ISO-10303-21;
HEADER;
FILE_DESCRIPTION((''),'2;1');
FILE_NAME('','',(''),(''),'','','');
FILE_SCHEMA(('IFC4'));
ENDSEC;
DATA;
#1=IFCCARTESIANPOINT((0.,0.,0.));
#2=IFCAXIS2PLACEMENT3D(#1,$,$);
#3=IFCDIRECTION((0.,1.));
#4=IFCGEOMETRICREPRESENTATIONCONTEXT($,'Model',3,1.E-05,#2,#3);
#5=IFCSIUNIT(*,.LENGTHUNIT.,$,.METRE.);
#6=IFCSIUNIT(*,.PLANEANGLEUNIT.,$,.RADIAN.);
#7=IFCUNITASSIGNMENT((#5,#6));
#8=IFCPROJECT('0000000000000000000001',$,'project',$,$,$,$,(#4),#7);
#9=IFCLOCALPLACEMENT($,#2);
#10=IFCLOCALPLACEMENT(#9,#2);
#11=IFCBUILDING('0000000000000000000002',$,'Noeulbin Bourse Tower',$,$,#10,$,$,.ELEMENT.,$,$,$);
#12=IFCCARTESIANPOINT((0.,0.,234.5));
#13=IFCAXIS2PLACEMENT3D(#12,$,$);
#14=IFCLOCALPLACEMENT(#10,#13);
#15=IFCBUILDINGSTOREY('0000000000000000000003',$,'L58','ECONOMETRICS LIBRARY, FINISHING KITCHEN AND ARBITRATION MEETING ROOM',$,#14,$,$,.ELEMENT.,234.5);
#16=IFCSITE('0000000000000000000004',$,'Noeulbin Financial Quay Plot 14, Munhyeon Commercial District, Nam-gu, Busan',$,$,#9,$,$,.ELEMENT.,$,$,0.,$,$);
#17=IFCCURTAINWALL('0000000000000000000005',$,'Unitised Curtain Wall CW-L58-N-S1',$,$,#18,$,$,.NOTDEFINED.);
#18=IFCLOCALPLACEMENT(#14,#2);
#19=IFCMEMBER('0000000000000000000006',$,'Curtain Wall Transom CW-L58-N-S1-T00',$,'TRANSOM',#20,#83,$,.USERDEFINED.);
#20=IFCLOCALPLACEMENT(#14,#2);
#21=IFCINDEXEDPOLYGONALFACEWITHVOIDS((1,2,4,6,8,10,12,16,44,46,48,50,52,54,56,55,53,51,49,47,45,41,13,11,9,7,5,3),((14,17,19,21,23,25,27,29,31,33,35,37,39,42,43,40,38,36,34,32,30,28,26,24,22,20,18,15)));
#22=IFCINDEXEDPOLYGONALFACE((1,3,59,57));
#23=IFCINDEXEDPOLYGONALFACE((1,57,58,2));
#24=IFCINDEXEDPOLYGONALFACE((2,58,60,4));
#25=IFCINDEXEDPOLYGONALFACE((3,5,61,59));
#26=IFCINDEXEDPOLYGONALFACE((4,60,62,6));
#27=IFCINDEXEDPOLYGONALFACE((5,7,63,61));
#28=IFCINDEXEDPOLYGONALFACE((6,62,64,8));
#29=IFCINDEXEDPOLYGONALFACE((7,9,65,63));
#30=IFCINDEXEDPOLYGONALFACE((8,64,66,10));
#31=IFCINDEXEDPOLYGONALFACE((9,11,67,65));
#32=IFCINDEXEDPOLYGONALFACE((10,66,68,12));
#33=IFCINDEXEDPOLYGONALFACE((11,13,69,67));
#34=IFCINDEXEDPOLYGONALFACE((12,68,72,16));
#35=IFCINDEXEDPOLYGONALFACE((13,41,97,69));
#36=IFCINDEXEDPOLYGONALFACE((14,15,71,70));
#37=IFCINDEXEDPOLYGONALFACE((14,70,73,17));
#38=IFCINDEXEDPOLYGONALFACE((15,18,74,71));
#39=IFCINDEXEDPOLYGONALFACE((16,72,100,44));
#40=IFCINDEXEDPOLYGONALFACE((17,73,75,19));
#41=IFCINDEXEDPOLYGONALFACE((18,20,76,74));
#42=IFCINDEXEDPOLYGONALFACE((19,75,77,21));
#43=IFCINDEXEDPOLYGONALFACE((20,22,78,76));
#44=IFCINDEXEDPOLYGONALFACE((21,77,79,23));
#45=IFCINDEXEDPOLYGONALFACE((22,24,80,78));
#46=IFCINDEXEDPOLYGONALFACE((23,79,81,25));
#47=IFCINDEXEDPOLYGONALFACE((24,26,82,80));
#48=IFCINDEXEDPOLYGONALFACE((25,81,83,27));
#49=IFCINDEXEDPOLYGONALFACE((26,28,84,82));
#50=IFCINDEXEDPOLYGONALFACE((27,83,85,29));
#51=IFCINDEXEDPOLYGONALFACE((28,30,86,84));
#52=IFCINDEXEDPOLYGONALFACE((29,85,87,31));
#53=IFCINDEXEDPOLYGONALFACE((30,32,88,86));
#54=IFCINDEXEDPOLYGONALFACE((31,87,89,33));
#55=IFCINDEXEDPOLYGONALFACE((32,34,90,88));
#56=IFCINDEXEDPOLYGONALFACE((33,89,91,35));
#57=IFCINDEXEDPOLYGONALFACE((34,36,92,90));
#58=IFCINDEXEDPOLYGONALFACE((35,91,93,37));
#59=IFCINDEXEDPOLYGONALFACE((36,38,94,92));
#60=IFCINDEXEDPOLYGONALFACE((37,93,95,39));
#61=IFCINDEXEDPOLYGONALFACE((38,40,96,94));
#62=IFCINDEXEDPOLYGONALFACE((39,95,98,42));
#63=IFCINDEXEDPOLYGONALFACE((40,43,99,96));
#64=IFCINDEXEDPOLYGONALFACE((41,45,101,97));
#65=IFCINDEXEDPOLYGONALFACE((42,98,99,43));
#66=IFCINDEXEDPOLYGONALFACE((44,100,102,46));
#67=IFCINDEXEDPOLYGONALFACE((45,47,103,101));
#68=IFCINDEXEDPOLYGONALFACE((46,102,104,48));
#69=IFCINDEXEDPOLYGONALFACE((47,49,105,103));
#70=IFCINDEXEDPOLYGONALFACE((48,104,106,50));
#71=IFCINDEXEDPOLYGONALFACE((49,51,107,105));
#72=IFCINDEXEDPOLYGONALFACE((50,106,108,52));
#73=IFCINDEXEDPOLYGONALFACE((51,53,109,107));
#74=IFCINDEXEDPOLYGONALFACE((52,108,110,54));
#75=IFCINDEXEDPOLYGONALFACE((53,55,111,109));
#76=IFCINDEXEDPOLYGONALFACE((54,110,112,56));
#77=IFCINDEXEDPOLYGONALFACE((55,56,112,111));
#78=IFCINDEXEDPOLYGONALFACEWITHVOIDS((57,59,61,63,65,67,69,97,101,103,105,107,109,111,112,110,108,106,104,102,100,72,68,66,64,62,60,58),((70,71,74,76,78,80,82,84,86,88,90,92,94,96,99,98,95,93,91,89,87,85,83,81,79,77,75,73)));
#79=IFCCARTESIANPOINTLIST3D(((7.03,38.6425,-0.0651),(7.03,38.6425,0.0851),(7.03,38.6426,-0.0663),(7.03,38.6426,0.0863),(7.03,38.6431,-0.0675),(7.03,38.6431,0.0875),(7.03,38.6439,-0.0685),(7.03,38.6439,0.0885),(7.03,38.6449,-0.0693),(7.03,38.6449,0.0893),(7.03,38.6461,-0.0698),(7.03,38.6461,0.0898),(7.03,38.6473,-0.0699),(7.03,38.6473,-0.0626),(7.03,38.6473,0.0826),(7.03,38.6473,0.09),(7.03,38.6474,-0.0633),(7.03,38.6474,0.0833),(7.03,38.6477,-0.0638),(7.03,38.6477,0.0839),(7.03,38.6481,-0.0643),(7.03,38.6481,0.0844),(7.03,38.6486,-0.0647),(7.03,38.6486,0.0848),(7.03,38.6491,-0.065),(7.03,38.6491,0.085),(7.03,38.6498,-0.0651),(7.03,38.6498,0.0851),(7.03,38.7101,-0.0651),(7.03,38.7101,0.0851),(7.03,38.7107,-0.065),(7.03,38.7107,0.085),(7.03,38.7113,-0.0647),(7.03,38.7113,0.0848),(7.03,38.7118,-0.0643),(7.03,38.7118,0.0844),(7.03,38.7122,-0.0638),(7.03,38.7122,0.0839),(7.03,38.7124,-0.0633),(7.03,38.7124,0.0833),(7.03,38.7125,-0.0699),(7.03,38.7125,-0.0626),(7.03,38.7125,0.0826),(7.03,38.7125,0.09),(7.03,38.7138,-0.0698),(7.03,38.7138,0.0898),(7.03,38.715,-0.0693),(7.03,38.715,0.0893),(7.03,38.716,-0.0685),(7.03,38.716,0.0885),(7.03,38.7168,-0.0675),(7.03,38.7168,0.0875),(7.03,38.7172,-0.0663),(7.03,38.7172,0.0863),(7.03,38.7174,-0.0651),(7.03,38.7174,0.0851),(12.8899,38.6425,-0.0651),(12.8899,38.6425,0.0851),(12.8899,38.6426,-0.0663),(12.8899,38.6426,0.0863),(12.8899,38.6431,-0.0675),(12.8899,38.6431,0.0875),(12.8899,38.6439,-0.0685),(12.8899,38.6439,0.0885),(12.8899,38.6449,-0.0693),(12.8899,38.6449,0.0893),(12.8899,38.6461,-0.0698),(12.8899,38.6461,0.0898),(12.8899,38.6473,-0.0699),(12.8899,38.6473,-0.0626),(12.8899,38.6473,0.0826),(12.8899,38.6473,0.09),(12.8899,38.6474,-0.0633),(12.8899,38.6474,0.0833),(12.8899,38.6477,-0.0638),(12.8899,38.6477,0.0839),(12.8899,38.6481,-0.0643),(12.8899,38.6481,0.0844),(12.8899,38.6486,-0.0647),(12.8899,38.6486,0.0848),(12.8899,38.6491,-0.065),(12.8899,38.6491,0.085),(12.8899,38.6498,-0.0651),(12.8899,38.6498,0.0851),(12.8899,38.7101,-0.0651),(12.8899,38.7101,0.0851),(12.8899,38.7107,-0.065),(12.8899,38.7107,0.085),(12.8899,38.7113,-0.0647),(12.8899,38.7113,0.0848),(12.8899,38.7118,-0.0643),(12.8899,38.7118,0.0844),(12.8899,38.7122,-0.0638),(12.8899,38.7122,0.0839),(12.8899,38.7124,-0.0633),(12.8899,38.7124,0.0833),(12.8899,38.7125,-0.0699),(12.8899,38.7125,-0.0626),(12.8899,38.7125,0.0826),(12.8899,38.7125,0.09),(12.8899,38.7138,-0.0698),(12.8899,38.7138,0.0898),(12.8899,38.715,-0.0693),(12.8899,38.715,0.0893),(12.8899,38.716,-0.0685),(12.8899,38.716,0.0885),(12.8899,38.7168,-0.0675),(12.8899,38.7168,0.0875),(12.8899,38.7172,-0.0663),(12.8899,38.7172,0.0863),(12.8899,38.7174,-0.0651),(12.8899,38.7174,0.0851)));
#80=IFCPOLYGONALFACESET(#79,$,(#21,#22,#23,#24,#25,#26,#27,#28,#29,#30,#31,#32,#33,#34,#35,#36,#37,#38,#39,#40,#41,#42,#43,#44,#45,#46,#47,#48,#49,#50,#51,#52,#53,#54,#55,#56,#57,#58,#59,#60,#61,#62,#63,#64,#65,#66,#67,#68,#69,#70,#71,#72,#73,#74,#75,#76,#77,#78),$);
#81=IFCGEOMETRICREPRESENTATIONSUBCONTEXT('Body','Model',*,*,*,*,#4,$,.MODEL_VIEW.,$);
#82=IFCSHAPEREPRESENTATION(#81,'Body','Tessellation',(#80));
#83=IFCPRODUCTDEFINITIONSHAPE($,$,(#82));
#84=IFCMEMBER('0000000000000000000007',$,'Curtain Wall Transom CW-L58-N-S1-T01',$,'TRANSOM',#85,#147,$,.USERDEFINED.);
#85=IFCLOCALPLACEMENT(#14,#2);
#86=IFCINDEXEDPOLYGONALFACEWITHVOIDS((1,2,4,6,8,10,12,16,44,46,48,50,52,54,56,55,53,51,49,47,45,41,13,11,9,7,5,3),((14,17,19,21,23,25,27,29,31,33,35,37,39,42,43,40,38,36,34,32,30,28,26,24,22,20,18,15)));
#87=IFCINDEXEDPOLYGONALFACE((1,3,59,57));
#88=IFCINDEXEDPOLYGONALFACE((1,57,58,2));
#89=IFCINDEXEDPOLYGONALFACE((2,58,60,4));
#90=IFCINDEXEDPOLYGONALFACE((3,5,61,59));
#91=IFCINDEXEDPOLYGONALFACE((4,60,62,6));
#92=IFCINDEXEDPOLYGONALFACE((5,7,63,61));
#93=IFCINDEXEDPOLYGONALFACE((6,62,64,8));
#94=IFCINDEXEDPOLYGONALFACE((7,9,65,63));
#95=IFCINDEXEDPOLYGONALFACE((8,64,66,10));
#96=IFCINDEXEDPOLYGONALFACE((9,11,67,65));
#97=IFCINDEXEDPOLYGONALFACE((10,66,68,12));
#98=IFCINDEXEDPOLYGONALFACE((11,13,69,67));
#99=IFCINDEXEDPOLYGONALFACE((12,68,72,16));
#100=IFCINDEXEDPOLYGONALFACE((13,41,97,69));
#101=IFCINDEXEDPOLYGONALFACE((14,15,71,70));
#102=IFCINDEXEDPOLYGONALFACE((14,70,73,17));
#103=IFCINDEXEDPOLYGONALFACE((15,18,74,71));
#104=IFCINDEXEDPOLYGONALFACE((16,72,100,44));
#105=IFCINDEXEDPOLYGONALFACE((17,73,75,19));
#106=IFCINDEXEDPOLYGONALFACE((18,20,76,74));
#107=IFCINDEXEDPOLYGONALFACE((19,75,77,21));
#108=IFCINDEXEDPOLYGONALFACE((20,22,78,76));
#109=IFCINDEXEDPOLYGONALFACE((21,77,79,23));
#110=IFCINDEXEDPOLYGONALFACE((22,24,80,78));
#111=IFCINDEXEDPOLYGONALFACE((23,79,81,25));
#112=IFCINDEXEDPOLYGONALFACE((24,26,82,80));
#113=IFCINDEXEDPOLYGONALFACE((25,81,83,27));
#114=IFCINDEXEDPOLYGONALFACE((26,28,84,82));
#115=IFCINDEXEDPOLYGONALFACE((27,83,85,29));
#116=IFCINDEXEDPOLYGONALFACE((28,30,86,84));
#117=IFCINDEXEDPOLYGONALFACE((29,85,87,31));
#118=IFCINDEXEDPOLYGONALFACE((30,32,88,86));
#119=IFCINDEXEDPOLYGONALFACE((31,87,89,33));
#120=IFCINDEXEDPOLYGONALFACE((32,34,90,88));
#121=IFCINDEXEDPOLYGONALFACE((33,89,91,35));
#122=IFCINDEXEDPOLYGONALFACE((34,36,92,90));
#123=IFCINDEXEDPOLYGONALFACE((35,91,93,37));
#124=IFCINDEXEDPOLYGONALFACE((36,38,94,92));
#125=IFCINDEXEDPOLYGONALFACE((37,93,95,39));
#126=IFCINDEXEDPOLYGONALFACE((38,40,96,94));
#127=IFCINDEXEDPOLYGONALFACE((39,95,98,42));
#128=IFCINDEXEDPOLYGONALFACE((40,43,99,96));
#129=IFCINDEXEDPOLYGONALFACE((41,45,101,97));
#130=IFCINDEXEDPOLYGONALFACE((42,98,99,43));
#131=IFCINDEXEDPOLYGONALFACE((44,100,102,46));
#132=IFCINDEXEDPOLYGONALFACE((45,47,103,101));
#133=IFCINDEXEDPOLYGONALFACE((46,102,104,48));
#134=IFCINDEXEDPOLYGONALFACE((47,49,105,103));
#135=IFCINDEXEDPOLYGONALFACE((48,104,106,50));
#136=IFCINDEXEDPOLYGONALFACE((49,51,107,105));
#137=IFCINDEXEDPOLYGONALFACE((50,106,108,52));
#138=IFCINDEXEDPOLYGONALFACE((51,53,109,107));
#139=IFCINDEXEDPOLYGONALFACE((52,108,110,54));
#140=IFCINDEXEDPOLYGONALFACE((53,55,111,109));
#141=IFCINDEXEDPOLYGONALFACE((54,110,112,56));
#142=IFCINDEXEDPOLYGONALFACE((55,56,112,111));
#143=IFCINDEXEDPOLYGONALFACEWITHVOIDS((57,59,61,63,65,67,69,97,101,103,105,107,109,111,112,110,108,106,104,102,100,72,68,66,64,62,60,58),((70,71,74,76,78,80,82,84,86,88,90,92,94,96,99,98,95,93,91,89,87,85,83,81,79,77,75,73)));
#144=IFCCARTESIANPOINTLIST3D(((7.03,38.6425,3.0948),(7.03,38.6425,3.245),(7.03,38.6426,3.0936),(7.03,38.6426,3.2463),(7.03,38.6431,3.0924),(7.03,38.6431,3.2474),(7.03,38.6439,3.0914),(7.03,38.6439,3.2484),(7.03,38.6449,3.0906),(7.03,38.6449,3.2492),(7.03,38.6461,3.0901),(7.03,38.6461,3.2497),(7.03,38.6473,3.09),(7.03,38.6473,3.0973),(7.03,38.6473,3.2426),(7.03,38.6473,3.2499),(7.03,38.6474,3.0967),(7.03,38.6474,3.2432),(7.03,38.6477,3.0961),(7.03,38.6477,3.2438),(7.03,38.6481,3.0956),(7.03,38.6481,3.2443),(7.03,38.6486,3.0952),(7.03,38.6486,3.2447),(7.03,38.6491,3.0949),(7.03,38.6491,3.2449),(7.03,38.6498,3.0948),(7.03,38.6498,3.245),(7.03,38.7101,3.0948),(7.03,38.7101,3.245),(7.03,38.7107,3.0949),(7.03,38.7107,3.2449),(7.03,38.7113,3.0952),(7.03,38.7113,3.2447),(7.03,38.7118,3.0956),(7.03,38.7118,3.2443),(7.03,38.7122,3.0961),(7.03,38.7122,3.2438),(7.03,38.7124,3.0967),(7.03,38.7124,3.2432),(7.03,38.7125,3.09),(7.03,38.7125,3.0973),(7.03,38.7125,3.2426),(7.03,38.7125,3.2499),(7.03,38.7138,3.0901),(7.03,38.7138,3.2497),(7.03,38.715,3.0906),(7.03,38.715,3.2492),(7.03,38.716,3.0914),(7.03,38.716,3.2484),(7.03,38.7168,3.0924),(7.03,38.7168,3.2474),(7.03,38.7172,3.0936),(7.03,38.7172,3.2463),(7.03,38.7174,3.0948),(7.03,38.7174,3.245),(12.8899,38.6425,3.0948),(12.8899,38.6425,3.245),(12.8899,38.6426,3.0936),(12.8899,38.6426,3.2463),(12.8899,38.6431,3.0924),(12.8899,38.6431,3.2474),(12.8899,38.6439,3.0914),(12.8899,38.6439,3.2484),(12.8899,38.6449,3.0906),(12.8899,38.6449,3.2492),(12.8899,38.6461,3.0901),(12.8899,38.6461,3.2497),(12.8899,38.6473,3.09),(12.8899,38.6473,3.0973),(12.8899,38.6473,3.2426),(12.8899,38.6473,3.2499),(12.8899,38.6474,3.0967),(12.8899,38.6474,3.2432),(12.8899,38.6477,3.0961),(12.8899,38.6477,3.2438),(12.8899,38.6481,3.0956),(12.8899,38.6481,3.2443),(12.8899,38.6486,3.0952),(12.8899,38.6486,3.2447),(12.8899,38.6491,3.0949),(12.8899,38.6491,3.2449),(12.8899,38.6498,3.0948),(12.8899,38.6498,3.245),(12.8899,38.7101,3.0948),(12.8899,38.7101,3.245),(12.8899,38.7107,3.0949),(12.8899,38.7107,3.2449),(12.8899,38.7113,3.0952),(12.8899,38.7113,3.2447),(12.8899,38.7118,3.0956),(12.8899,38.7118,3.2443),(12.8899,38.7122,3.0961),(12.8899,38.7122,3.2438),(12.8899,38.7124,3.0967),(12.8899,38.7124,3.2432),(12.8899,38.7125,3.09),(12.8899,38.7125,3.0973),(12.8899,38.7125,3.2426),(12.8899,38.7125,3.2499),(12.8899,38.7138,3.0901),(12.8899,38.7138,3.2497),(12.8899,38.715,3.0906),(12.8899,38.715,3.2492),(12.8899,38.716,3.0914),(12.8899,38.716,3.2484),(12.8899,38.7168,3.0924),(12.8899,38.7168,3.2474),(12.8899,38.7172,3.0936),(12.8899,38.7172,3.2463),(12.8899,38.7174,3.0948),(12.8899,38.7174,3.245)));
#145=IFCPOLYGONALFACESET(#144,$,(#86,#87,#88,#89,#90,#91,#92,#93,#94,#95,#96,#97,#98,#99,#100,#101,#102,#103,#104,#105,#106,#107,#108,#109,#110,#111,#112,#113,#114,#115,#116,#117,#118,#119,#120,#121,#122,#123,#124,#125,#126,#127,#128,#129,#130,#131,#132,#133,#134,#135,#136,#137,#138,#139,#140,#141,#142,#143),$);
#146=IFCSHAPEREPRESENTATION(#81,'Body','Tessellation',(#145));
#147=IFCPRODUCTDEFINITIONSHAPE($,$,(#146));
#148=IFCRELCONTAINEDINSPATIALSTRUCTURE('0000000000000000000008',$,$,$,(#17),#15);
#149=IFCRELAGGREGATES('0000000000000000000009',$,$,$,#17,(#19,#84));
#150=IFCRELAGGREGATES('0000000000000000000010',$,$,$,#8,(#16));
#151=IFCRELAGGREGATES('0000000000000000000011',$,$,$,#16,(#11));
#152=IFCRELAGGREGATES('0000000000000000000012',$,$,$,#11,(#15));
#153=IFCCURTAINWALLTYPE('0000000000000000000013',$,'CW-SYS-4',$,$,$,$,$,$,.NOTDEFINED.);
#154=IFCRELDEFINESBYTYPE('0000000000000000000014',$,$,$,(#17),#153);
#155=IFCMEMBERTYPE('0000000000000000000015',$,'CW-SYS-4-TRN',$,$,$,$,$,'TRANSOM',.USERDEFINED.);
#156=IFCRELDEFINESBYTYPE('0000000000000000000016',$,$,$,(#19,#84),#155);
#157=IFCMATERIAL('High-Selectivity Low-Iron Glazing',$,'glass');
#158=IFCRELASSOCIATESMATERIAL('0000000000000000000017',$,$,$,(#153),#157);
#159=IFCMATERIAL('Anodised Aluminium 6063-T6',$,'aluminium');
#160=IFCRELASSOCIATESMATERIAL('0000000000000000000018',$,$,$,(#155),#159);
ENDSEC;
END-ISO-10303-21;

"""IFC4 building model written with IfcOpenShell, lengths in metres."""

from ifc_helpers import new_model, si_unit, direction, frame, origin, origin_2d, place, context, subcontext, project, spatial, hollow_rectangle, extrude, material, material_profile, profile_set, type_object, element, aggregate, save


model = new_model("IFC4")

# Units and contexts
model_context = context("Model", 3, precision=1e-05, world=origin(), true_north=direction((0.0, 1.0)))
body_context = subcontext(model_context, "Body", "Model", "MODEL_VIEW")
ifc_project = project(units=[si_unit("LENGTHUNIT", "METRE"), si_unit("PLANEANGLEUNIT", "RADIAN")], contexts=[model_context])

# Site, building, storey
site_placement = place(None, origin())
site = spatial("IfcSite", under=ifc_project, at=site_placement, Name="Noeulbin Financial Quay Plot 14, Munhyeon Commercial District, Nam-gu, Busan", CompositionType="ELEMENT", RefElevation=0.0)
building_placement = place(site_placement, origin())
building = spatial("IfcBuilding", under=site, at=building_placement, Name="Noeulbin Bourse Tower", CompositionType="ELEMENT")
storey_placement = place(building_placement, frame((0.0, 0.0, 234.5)))
storey = spatial("IfcBuildingStorey", under=building, at=storey_placement, Name="L58", Description="ECONOMETRICS LIBRARY, FINISHING KITCHEN AND ARBITRATION MEETING ROOM", CompositionType="ELEMENT", Elevation=234.5)

# Curtain wall
ifc_material_1 = material(Name="High-Selectivity Low-Iron Glazing", Category="glass")
curtain_wall_type = type_object("IfcCurtainWallType", Name="CW-SYS-4", PredefinedType="NOTDEFINED", material=ifc_material_1)
curtain_wall_1_placement = place(storey_placement, origin())
curtain_wall_1 = element("IfcCurtainWall", 1, at=curtain_wall_1_placement, inside=storey, type_object=curtain_wall_type, Name="Unitised Curtain Wall CW-L58-N-S1", PredefinedType="NOTDEFINED")
ifc_material_2 = material(Name="Anodised Aluminium 6063-T6", Category="aluminium")

# Members
ifc_material_profile_1 = material_profile(ifc_material_2, hollow_rectangle(XDim=0.075, YDim=0.1599, WallThickness=0.0049, InnerFilletRadius=0.0024, OuterFilletRadius=0.0049, at=origin_2d()), Name="ALU-TRAN-75x160x5", Category="LoadBearing")
ifc_profile_set_1 = profile_set([ifc_material_profile_1], Name="Anodised Aluminium 6063-T6")
member_type_1 = type_object("IfcMemberType", Name="CW-SYS-4-TRN", ElementType="TRANSOM", PredefinedType="USERDEFINED", material=ifc_profile_set_1)
member_1_placement = place(storey_placement, frame((7.03, 38.6799, 0.01), z_axis=(1.0, 0.0, 0.0), x_axis=(0.0, 1.0, 0.0)))
member_1 = element("IfcMember", 2, at=member_1_placement, type_object=member_type_1, Name="Curtain Wall Transom CW-L58-N-S1-T00", ObjectType="TRANSOM", PredefinedType="USERDEFINED", context=body_context, shape_type="SweptSolid", body=[
    extrude(hollow_rectangle(XDim=0.075, YDim=0.1599, WallThickness=0.0049, InnerFilletRadius=0.0024, OuterFilletRadius=0.0049, at=origin_2d()), origin(), (0.0, 0.0, 1.0), 5.8599),
])
member_2_placement = place(storey_placement, frame((7.03, 38.6799, 3.1699), z_axis=(1.0, 0.0, 0.0), x_axis=(0.0, 1.0, 0.0)))
member_2 = element("IfcMember", 3, at=member_2_placement, type_object=member_type_1, Name="Curtain Wall Transom CW-L58-N-S1-T01", ObjectType="TRANSOM", PredefinedType="USERDEFINED", context=body_context, shape_type="SweptSolid", body=[
    extrude(hollow_rectangle(XDim=0.075, YDim=0.1599, WallThickness=0.0049, InnerFilletRadius=0.0024, OuterFilletRadius=0.0049, at=origin_2d()), origin(), (0.0, 0.0, 1.0), 5.8599),
])

aggregate(curtain_wall_1, [member_1, member_2])

save(model, "model.ifc")
